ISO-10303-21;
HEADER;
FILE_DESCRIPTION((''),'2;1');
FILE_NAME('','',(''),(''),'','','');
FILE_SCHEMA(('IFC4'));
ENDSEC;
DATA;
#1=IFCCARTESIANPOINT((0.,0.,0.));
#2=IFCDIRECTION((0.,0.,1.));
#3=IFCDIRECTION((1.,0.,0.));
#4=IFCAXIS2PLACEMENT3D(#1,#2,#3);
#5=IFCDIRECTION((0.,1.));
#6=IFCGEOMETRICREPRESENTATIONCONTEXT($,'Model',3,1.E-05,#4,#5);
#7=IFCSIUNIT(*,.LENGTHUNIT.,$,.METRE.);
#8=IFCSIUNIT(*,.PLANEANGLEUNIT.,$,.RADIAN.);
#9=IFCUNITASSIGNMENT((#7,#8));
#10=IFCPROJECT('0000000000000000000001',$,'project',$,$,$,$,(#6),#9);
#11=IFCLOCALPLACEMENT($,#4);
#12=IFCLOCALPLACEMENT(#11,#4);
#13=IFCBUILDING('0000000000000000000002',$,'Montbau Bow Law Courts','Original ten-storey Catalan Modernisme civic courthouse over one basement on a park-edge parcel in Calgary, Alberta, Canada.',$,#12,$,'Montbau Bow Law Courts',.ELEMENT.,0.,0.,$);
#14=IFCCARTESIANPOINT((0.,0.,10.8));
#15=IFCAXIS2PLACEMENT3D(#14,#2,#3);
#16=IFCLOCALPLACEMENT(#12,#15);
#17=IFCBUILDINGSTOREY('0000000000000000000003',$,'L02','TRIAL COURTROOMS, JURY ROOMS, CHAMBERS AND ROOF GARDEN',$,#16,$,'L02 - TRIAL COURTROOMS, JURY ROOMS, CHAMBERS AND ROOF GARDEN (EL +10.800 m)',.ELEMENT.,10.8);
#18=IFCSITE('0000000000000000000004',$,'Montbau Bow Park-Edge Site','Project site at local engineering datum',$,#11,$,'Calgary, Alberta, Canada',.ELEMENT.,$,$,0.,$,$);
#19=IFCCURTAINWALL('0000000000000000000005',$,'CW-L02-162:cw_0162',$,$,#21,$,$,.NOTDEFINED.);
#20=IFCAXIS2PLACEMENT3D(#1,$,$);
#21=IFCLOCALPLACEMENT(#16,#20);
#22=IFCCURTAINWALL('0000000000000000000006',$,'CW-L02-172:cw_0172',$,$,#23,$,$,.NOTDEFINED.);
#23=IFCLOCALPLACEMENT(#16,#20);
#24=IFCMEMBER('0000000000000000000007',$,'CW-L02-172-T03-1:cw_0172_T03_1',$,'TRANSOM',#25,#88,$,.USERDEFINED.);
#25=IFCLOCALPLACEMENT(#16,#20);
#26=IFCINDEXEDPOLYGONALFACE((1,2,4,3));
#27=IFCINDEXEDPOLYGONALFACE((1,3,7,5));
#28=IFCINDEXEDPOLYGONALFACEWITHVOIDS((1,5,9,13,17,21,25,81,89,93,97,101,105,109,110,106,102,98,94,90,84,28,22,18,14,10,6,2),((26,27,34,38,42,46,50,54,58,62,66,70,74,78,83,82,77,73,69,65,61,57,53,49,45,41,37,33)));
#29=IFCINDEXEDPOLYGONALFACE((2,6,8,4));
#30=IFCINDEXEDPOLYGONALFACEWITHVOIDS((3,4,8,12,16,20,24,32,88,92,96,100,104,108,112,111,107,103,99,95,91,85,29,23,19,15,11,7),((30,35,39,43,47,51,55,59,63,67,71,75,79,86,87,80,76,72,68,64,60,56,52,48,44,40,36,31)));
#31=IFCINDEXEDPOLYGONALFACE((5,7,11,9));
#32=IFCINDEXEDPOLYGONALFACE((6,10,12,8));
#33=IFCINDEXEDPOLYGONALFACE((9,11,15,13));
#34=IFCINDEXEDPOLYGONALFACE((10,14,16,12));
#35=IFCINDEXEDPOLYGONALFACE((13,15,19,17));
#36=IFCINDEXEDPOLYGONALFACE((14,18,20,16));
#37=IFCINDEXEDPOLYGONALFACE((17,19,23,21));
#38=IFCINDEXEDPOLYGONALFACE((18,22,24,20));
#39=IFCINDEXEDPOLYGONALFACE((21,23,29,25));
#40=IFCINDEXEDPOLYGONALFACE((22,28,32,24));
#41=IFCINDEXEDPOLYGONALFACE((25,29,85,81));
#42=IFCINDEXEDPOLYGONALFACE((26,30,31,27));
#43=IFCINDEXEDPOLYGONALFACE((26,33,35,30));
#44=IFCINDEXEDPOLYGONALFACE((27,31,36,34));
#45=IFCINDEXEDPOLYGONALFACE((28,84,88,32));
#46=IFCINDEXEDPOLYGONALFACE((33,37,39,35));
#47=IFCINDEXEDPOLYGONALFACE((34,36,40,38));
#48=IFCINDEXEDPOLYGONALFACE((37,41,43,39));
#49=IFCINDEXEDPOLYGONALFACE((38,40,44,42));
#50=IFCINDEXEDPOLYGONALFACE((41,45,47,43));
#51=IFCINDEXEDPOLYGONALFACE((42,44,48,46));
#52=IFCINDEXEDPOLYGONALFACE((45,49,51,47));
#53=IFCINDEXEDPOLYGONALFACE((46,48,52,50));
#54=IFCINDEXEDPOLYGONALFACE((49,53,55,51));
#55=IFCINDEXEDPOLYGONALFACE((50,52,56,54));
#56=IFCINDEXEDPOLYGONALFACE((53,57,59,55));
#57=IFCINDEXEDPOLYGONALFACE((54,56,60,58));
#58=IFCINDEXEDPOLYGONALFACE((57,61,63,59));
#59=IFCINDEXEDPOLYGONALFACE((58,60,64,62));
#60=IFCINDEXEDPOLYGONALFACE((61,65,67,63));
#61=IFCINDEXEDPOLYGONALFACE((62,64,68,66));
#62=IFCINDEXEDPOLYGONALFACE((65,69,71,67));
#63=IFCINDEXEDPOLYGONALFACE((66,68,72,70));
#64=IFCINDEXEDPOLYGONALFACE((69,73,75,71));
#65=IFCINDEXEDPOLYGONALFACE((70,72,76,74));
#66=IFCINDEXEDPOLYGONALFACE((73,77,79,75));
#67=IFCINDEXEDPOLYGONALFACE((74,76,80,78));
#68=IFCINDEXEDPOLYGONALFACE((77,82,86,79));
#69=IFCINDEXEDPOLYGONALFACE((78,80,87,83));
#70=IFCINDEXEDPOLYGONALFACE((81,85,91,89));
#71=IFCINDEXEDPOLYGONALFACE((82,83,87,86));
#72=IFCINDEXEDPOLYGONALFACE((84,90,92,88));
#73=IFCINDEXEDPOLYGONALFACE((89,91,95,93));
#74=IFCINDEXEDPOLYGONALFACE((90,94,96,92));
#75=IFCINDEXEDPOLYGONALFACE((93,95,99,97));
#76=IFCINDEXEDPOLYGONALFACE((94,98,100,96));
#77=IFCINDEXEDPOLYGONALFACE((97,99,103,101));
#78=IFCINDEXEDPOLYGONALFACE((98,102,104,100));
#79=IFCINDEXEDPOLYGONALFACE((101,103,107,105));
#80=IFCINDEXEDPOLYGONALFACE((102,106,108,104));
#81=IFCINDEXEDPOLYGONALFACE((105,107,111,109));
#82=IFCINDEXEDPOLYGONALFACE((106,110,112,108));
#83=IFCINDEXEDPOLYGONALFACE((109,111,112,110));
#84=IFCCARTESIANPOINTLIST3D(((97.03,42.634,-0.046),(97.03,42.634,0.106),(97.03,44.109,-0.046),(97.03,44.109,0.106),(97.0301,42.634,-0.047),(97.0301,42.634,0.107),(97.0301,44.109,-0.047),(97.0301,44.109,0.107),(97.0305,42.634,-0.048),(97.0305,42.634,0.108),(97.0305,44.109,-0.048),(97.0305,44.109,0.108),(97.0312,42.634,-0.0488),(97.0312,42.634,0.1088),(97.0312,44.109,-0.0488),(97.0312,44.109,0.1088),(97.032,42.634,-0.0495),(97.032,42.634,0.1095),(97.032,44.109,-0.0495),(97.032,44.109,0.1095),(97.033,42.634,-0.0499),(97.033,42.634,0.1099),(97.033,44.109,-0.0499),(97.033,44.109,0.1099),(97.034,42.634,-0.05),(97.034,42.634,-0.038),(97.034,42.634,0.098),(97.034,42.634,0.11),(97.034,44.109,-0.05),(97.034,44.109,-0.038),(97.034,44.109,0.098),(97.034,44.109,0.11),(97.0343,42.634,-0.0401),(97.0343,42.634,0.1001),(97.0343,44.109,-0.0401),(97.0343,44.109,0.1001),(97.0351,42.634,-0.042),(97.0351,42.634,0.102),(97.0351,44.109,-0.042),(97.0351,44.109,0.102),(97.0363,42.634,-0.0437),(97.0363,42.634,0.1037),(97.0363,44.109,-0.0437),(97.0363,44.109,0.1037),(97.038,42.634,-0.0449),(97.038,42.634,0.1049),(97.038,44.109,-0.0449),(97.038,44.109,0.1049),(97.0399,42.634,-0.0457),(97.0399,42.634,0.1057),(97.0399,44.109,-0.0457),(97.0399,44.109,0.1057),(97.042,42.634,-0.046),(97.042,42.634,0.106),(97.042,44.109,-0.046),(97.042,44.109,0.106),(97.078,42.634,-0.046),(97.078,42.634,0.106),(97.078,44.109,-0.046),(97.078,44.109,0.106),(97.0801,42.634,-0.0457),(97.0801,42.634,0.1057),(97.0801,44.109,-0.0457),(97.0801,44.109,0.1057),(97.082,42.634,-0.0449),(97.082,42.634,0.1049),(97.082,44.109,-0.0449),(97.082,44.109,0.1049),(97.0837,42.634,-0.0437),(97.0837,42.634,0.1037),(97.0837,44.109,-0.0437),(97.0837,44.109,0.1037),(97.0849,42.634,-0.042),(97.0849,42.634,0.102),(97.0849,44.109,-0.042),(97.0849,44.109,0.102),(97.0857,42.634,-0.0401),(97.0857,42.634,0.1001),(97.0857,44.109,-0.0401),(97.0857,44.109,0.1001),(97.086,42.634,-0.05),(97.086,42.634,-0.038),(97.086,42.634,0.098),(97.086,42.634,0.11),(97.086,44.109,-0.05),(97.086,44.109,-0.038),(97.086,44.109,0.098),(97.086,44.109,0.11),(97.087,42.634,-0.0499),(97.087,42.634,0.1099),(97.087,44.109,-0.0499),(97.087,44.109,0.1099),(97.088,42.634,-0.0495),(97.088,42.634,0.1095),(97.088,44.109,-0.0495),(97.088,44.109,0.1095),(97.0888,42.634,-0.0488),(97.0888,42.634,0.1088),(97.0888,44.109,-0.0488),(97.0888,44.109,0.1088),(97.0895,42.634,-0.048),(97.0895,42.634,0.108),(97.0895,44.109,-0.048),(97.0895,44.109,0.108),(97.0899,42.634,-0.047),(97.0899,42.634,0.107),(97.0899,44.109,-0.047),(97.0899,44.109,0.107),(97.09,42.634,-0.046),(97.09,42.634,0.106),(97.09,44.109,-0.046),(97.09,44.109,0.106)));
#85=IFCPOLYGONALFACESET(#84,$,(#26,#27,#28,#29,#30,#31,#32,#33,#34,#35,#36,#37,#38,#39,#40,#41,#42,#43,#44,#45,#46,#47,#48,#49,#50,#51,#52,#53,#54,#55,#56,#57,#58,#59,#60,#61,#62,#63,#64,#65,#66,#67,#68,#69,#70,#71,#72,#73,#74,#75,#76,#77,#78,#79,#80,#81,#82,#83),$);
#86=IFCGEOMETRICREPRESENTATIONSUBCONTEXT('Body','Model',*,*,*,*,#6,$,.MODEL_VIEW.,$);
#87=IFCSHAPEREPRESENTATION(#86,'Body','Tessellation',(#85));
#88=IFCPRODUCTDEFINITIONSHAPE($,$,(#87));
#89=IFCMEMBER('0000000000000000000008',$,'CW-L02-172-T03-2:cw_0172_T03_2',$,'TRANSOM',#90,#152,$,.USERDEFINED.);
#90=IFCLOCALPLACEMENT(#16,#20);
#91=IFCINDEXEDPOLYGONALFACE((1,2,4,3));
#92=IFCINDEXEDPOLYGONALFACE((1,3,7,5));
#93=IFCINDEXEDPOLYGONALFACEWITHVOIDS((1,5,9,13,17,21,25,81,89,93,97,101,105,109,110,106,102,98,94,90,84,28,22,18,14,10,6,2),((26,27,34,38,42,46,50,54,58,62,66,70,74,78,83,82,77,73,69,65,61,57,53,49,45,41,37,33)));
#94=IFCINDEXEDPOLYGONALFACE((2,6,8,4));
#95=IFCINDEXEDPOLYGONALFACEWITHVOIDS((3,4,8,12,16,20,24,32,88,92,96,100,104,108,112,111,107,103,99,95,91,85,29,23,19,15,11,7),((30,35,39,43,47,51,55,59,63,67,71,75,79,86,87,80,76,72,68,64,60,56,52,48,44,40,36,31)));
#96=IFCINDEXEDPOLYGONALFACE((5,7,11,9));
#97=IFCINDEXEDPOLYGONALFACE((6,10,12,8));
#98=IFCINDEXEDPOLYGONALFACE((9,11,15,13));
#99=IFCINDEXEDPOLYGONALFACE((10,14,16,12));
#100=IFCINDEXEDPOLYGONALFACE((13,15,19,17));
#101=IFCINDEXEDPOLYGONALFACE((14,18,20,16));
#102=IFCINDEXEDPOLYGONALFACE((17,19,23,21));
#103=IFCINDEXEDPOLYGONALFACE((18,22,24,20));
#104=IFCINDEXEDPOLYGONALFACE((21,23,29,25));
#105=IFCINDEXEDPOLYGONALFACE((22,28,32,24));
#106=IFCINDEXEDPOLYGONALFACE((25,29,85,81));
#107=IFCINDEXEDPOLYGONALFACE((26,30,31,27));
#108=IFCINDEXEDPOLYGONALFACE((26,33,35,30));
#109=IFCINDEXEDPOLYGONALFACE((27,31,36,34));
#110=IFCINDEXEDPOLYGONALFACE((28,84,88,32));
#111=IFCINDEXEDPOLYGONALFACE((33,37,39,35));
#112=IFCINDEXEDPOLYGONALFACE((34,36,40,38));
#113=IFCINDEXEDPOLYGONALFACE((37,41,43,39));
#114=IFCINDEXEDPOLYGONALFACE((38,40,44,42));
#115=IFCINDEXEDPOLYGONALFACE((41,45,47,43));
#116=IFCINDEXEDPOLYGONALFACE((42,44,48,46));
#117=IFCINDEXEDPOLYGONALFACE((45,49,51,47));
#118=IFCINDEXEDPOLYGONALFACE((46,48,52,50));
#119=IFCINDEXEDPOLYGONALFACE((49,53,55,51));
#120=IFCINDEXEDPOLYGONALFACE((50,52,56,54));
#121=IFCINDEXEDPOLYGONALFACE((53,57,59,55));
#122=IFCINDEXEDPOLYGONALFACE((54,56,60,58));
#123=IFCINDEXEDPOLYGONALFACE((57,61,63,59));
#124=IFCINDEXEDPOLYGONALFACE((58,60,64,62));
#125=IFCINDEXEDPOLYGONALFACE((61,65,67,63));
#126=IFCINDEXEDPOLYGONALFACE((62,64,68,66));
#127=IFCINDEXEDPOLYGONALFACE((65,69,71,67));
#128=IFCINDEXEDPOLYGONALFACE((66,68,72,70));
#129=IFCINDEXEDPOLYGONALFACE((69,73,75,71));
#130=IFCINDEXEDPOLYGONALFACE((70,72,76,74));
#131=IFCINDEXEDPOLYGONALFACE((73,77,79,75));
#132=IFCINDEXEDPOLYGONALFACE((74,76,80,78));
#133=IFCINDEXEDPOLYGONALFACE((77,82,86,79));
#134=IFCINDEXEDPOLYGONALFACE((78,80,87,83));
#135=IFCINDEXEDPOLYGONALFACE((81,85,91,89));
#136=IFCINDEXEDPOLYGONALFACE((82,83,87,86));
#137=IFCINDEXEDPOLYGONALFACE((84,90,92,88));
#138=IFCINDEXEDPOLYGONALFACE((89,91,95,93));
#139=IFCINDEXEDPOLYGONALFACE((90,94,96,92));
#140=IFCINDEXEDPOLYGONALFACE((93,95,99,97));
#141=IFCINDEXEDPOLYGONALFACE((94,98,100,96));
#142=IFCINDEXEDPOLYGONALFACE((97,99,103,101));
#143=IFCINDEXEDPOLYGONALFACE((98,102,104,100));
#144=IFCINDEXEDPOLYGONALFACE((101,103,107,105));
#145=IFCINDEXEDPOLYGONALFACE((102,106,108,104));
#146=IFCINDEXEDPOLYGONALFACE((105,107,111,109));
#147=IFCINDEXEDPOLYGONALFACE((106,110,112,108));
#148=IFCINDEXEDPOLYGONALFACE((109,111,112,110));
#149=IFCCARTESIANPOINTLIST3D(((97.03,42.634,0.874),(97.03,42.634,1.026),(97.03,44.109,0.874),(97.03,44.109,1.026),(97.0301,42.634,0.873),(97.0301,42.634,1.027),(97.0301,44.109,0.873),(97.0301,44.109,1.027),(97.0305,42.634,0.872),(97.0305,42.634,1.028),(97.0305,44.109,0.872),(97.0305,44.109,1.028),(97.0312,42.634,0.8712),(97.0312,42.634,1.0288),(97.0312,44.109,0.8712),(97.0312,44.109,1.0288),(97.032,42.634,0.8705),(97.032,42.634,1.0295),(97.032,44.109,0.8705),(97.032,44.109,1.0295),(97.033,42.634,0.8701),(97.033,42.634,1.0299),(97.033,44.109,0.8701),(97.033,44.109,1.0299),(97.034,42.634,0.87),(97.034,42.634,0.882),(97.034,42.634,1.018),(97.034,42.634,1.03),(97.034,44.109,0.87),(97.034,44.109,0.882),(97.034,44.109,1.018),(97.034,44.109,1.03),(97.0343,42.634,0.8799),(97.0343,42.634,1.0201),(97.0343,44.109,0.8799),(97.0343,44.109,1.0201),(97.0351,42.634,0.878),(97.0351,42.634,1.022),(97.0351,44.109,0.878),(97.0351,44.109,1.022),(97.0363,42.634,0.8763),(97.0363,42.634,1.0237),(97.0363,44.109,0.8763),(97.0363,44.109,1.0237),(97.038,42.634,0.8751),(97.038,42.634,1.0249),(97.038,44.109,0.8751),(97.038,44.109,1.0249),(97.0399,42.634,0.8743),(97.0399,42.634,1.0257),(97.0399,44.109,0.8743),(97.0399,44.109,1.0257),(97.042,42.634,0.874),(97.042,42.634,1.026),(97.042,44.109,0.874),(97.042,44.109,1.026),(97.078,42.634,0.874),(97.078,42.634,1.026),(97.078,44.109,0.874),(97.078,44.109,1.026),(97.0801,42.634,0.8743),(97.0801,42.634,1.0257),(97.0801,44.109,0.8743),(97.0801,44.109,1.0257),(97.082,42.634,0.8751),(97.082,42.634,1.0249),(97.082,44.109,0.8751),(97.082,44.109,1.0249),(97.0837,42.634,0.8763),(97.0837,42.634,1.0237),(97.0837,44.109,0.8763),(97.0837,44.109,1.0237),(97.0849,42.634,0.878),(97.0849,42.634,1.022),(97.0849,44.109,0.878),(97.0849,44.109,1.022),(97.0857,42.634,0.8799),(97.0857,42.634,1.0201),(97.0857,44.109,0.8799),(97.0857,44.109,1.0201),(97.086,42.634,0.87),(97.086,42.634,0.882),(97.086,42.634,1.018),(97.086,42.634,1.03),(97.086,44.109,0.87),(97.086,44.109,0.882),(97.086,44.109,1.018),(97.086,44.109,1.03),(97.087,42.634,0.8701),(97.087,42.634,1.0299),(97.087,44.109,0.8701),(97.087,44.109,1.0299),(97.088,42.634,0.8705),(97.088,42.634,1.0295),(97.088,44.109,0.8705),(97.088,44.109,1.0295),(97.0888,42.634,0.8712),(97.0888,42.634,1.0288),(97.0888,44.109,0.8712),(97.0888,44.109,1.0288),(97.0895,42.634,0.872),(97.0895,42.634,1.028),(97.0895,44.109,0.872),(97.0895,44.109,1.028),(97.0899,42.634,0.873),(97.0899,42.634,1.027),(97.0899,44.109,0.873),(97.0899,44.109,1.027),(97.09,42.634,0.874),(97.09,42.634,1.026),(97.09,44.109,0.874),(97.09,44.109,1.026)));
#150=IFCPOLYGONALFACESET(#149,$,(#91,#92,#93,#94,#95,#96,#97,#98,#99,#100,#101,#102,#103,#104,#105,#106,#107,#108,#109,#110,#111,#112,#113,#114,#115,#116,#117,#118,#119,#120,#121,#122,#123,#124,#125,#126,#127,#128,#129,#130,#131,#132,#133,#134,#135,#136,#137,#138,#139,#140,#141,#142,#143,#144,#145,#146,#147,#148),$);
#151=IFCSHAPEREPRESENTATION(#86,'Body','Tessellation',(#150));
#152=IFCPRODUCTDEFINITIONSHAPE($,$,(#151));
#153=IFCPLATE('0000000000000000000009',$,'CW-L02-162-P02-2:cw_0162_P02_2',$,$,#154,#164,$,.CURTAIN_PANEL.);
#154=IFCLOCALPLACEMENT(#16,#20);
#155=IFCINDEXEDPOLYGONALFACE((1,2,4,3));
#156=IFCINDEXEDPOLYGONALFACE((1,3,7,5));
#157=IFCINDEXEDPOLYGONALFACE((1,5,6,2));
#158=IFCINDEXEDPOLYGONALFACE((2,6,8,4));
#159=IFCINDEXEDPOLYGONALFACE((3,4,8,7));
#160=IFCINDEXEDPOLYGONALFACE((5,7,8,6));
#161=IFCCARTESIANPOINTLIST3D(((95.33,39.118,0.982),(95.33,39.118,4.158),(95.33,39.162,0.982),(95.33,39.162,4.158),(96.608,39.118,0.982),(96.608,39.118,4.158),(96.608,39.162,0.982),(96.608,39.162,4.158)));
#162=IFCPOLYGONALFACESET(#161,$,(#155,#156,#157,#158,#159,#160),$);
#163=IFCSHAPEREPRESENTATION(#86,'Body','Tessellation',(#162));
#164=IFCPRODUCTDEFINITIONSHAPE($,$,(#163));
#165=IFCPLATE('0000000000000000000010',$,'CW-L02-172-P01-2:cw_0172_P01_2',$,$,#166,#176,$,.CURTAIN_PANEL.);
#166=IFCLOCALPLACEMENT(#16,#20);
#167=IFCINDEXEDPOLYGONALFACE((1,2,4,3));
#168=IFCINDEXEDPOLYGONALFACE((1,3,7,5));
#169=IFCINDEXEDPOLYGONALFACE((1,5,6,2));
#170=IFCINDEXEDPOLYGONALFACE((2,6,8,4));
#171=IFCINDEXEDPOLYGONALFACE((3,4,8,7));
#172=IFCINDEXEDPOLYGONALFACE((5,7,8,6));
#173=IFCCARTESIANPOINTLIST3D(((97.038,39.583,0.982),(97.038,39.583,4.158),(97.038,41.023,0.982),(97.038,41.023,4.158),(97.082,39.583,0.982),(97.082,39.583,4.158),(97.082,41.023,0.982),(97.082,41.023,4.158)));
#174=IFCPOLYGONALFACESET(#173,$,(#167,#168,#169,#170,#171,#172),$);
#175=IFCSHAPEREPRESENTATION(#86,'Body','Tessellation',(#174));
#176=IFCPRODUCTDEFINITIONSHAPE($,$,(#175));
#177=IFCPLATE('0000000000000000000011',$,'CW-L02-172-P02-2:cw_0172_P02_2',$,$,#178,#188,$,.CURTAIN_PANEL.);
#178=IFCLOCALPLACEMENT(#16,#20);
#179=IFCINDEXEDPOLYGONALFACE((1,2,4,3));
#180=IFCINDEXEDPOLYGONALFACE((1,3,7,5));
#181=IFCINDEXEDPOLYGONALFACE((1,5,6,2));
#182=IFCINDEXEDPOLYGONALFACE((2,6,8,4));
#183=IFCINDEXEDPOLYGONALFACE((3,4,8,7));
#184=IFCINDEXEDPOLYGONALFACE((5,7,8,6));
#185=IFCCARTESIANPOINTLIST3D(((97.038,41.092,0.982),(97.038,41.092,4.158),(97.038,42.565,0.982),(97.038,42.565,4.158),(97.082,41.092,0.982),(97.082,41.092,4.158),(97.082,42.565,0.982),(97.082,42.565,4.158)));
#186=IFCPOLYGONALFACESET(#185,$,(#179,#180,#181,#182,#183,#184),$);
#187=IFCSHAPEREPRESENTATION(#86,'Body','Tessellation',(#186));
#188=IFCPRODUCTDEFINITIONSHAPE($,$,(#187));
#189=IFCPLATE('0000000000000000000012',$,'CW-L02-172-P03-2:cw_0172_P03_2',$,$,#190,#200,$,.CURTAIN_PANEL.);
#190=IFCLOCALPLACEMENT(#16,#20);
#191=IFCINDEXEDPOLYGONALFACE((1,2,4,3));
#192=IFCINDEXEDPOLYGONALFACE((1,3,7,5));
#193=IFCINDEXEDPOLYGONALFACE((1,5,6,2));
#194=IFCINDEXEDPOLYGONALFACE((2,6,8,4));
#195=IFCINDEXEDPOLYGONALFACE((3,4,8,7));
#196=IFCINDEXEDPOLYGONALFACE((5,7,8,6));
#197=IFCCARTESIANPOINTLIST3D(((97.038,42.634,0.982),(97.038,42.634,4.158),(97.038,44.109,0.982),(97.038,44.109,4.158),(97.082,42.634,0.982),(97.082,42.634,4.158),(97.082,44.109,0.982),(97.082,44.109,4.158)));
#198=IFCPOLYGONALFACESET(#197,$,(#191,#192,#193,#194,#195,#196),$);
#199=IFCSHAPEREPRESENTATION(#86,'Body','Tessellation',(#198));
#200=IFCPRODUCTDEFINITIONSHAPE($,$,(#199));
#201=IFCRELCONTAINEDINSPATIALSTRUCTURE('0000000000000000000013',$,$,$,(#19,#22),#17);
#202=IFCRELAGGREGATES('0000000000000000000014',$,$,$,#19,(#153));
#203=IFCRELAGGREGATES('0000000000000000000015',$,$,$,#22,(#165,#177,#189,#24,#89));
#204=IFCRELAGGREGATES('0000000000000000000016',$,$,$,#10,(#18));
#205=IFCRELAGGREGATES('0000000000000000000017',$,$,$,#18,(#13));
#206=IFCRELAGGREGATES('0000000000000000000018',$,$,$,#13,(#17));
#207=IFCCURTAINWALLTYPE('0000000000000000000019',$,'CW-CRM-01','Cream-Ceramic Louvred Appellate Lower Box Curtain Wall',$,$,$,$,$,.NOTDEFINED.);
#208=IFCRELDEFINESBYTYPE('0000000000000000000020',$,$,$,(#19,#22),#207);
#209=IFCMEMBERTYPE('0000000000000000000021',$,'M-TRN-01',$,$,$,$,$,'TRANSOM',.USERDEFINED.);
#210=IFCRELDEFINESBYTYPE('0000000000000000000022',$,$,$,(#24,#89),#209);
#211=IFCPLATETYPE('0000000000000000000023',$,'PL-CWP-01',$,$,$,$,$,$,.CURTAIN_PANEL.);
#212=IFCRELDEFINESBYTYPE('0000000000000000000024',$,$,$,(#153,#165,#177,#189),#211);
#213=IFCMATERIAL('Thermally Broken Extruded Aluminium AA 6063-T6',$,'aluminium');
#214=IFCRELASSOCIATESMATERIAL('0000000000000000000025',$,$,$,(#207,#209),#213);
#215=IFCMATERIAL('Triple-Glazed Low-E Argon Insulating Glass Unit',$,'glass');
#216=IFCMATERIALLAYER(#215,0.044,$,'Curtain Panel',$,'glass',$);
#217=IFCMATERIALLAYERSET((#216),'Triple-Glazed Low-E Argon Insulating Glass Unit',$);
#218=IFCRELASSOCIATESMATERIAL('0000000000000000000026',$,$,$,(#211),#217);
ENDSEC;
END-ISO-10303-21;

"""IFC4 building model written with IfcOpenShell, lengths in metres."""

from ifc_helpers import new_model, si_unit, direction, frame, frame_2d, origin_with_axes, origin_2d_with_axis, place, context, subcontext, project, spatial, rectangle, hollow_rectangle, extrude, material, layer, layer_set, material_profile, profile_set, type_object, element, aggregate, save


model = new_model("IFC4")

# Units and contexts
model_context = context("Model", 3, precision=1e-05, world=origin_with_axes(), true_north=direction((0.0, 1.0)))
body_context = subcontext(model_context, "Body", "Model", "MODEL_VIEW")
ifc_project = project(units=[si_unit("LENGTHUNIT", "METRE"), si_unit("PLANEANGLEUNIT", "RADIAN")], contexts=[model_context])

# Site, building, storey
site_placement = place(None, origin_with_axes())
site = spatial("IfcSite", under=ifc_project, at=site_placement, Name="Montbau Bow Park-Edge Site", Description="Project site at local engineering datum", LongName="Calgary, Alberta, Canada", CompositionType="ELEMENT", RefElevation=0.0)
building_placement = place(site_placement, origin_with_axes())
building = spatial("IfcBuilding", under=site, at=building_placement, Name="Montbau Bow Law Courts", Description="Original ten-storey Catalan Modernisme civic courthouse over one basement on a park-edge parcel in Calgary, Alberta, Canada.", LongName="Montbau Bow Law Courts", CompositionType="ELEMENT", ElevationOfRefHeight=0.0, ElevationOfTerrain=0.0)
storey_placement = place(building_placement, frame((0.0, 0.0, 10.8), z_axis=(0.0, 0.0, 1.0), x_axis=(1.0, 0.0, 0.0)))
storey = spatial("IfcBuildingStorey", under=building, at=storey_placement, Name="L02", Description="TRIAL COURTROOMS, JURY ROOMS, CHAMBERS AND ROOF GARDEN", LongName="L02 - TRIAL COURTROOMS, JURY ROOMS, CHAMBERS AND ROOF GARDEN (EL +10.800 m)", CompositionType="ELEMENT", Elevation=10.8)

# Curtain walls
ifc_material_1 = material(Name="Thermally Broken Extruded Aluminium AA 6063-T6", Category="aluminium")
curtain_wall_type = type_object("IfcCurtainWallType", Name="CW-CRM-01", Description="Cream-Ceramic Louvred Appellate Lower Box Curtain Wall", PredefinedType="NOTDEFINED", material=ifc_material_1)
curtain_wall_1_placement = place(None, frame((93.897, 39.14, 10.8), z_axis=(0.0, 0.0, 1.0), x_axis=(1.0, 0.0, 0.0)))
curtain_wall_1 = element("IfcCurtainWall", 1, at=curtain_wall_1_placement, inside=storey, type_object=curtain_wall_type, Name="CW-L02-162:cw_0162", PredefinedType="NOTDEFINED")
curtain_wall_2_placement = place(None, frame((97.06, 39.515, 10.8), z_axis=(0.0, 0.0, 1.0), x_axis=(1.0, 0.0, 0.0)))
curtain_wall_2 = element("IfcCurtainWall", 2, at=curtain_wall_2_placement, inside=storey, type_object=curtain_wall_type, Name="CW-L02-172:cw_0172", PredefinedType="NOTDEFINED")

# Members
ifc_material_profile_1 = material_profile(ifc_material_1, hollow_rectangle(XDim=0.06, YDim=0.16, WallThickness=0.004, InnerFilletRadius=0.008, OuterFilletRadius=0.004, at=origin_2d_with_axis()), Name="CWT-160X60", Category="Main", Priority=0)
ifc_profile_set_1 = profile_set([ifc_material_profile_1], Name="Thermally Broken Extruded Aluminium AA 6063-T6")
member_type_1 = type_object("IfcMemberType", Name="M-TRN-01", ElementType="TRANSOM", PredefinedType="USERDEFINED", material=ifc_profile_set_1)
member_1_placement = place(None, frame((97.06, 42.634, 10.83), z_axis=(0.0, 1.0, 0.0), x_axis=(-1.0, 0.0, 0.0)))
member_1 = element("IfcMember", 3, at=member_1_placement, type_object=member_type_1, Name="CW-L02-172-T03-1:cw_0172_T03_1", ObjectType="TRANSOM", PredefinedType="USERDEFINED", context=body_context, shape_type="SweptSolid", body=[
    extrude(hollow_rectangle(XDim=0.06, YDim=0.16, WallThickness=0.004, InnerFilletRadius=0.008, OuterFilletRadius=0.004, at=origin_2d_with_axis()), origin_with_axes(), (0.0, 0.0, 1.0), 1.475),
])
member_2_placement = place(None, frame((97.06, 42.634, 11.75), z_axis=(0.0, 1.0, 0.0), x_axis=(-1.0, 0.0, 0.0)))
member_2 = element("IfcMember", 4, at=member_2_placement, type_object=member_type_1, Name="CW-L02-172-T03-2:cw_0172_T03_2", ObjectType="TRANSOM", PredefinedType="USERDEFINED", context=body_context, shape_type="SweptSolid", body=[
    extrude(hollow_rectangle(XDim=0.06, YDim=0.16, WallThickness=0.004, InnerFilletRadius=0.008, OuterFilletRadius=0.004, at=origin_2d_with_axis()), origin_with_axes(), (0.0, 0.0, 1.0), 1.475),
])

# Plates
ifc_material_2 = material(Name="Triple-Glazed Low-E Argon Insulating Glass Unit", Category="glass")
ifc_layer_1 = layer(ifc_material_2, 0.044, Name="Curtain Panel", Category="glass")
ifc_layer_set_1 = layer_set([ifc_layer_1], Name="Triple-Glazed Low-E Argon Insulating Glass Unit")
plate_type_1 = type_object("IfcPlateType", Name="PL-CWP-01", PredefinedType="CURTAIN_PANEL", material=ifc_layer_set_1)
plate_1_placement = place(None, frame((95.33, 39.14, 11.782), z_axis=(0.0, -1.0, 0.0), x_axis=(1.0, 0.0, 0.0)))
plate_1 = element("IfcPlate", 5, at=plate_1_placement, type_object=plate_type_1, Name="CW-L02-162-P02-2:cw_0162_P02_2", PredefinedType="CURTAIN_PANEL", context=body_context, shape_type="SweptSolid", body=[
    extrude(rectangle(XDim=1.278, YDim=3.176, at=frame_2d((0.639, 1.588), x_axis=(1.0, 0.0))), frame((0.0, 0.0, -0.022), z_axis=(0.0, 0.0, 1.0), x_axis=(1.0, 0.0, 0.0)), (0.0, 0.0, 1.0), 0.044),
])
plate_2_placement = place(None, frame((97.06, 39.583, 11.782), z_axis=(1.0, 0.0, 0.0), x_axis=(0.0, 1.0, 0.0)))
plate_2 = element("IfcPlate", 6, at=plate_2_placement, type_object=plate_type_1, Name="CW-L02-172-P01-2:cw_0172_P01_2", PredefinedType="CURTAIN_PANEL", context=body_context, shape_type="SweptSolid", body=[
    extrude(rectangle(XDim=1.44, YDim=3.176, at=frame_2d((0.72, 1.588), x_axis=(1.0, 0.0))), frame((0.0, 0.0, -0.022), z_axis=(0.0, 0.0, 1.0), x_axis=(1.0, 0.0, 0.0)), (0.0, 0.0, 1.0), 0.044),
])
plate_3_placement = place(None, frame((97.06, 41.092, 11.782), z_axis=(1.0, 0.0, 0.0), x_axis=(0.0, 1.0, 0.0)))
plate_3 = element("IfcPlate", 7, at=plate_3_placement, type_object=plate_type_1, Name="CW-L02-172-P02-2:cw_0172_P02_2", PredefinedType="CURTAIN_PANEL", context=body_context, shape_type="SweptSolid", body=[
    extrude(rectangle(XDim=1.473, YDim=3.176, at=frame_2d((0.7365, 1.588), x_axis=(1.0, 0.0))), frame((0.0, 0.0, -0.022), z_axis=(0.0, 0.0, 1.0), x_axis=(1.0, 0.0, 0.0)), (0.0, 0.0, 1.0), 0.044),
])
plate_4_placement = place(None, frame((97.06, 42.634, 11.782), z_axis=(1.0, 0.0, 0.0), x_axis=(0.0, 1.0, 0.0)))
plate_4 = element("IfcPlate", 8, at=plate_4_placement, type_object=plate_type_1, Name="CW-L02-172-P03-2:cw_0172_P03_2", PredefinedType="CURTAIN_PANEL", context=body_context, shape_type="SweptSolid", body=[
    extrude(rectangle(XDim=1.475, YDim=3.176, at=frame_2d((0.7375, 1.588), x_axis=(1.0, 0.0))), frame((0.0, 0.0, -0.022), z_axis=(0.0, 0.0, 1.0), x_axis=(1.0, 0.0, 0.0)), (0.0, 0.0, 1.0), 0.044),
])
aggregate(curtain_wall_1, [plate_1])
aggregate(curtain_wall_2, [plate_2, plate_3, plate_4, member_1, member_2])

save(model, "model.ifc")
